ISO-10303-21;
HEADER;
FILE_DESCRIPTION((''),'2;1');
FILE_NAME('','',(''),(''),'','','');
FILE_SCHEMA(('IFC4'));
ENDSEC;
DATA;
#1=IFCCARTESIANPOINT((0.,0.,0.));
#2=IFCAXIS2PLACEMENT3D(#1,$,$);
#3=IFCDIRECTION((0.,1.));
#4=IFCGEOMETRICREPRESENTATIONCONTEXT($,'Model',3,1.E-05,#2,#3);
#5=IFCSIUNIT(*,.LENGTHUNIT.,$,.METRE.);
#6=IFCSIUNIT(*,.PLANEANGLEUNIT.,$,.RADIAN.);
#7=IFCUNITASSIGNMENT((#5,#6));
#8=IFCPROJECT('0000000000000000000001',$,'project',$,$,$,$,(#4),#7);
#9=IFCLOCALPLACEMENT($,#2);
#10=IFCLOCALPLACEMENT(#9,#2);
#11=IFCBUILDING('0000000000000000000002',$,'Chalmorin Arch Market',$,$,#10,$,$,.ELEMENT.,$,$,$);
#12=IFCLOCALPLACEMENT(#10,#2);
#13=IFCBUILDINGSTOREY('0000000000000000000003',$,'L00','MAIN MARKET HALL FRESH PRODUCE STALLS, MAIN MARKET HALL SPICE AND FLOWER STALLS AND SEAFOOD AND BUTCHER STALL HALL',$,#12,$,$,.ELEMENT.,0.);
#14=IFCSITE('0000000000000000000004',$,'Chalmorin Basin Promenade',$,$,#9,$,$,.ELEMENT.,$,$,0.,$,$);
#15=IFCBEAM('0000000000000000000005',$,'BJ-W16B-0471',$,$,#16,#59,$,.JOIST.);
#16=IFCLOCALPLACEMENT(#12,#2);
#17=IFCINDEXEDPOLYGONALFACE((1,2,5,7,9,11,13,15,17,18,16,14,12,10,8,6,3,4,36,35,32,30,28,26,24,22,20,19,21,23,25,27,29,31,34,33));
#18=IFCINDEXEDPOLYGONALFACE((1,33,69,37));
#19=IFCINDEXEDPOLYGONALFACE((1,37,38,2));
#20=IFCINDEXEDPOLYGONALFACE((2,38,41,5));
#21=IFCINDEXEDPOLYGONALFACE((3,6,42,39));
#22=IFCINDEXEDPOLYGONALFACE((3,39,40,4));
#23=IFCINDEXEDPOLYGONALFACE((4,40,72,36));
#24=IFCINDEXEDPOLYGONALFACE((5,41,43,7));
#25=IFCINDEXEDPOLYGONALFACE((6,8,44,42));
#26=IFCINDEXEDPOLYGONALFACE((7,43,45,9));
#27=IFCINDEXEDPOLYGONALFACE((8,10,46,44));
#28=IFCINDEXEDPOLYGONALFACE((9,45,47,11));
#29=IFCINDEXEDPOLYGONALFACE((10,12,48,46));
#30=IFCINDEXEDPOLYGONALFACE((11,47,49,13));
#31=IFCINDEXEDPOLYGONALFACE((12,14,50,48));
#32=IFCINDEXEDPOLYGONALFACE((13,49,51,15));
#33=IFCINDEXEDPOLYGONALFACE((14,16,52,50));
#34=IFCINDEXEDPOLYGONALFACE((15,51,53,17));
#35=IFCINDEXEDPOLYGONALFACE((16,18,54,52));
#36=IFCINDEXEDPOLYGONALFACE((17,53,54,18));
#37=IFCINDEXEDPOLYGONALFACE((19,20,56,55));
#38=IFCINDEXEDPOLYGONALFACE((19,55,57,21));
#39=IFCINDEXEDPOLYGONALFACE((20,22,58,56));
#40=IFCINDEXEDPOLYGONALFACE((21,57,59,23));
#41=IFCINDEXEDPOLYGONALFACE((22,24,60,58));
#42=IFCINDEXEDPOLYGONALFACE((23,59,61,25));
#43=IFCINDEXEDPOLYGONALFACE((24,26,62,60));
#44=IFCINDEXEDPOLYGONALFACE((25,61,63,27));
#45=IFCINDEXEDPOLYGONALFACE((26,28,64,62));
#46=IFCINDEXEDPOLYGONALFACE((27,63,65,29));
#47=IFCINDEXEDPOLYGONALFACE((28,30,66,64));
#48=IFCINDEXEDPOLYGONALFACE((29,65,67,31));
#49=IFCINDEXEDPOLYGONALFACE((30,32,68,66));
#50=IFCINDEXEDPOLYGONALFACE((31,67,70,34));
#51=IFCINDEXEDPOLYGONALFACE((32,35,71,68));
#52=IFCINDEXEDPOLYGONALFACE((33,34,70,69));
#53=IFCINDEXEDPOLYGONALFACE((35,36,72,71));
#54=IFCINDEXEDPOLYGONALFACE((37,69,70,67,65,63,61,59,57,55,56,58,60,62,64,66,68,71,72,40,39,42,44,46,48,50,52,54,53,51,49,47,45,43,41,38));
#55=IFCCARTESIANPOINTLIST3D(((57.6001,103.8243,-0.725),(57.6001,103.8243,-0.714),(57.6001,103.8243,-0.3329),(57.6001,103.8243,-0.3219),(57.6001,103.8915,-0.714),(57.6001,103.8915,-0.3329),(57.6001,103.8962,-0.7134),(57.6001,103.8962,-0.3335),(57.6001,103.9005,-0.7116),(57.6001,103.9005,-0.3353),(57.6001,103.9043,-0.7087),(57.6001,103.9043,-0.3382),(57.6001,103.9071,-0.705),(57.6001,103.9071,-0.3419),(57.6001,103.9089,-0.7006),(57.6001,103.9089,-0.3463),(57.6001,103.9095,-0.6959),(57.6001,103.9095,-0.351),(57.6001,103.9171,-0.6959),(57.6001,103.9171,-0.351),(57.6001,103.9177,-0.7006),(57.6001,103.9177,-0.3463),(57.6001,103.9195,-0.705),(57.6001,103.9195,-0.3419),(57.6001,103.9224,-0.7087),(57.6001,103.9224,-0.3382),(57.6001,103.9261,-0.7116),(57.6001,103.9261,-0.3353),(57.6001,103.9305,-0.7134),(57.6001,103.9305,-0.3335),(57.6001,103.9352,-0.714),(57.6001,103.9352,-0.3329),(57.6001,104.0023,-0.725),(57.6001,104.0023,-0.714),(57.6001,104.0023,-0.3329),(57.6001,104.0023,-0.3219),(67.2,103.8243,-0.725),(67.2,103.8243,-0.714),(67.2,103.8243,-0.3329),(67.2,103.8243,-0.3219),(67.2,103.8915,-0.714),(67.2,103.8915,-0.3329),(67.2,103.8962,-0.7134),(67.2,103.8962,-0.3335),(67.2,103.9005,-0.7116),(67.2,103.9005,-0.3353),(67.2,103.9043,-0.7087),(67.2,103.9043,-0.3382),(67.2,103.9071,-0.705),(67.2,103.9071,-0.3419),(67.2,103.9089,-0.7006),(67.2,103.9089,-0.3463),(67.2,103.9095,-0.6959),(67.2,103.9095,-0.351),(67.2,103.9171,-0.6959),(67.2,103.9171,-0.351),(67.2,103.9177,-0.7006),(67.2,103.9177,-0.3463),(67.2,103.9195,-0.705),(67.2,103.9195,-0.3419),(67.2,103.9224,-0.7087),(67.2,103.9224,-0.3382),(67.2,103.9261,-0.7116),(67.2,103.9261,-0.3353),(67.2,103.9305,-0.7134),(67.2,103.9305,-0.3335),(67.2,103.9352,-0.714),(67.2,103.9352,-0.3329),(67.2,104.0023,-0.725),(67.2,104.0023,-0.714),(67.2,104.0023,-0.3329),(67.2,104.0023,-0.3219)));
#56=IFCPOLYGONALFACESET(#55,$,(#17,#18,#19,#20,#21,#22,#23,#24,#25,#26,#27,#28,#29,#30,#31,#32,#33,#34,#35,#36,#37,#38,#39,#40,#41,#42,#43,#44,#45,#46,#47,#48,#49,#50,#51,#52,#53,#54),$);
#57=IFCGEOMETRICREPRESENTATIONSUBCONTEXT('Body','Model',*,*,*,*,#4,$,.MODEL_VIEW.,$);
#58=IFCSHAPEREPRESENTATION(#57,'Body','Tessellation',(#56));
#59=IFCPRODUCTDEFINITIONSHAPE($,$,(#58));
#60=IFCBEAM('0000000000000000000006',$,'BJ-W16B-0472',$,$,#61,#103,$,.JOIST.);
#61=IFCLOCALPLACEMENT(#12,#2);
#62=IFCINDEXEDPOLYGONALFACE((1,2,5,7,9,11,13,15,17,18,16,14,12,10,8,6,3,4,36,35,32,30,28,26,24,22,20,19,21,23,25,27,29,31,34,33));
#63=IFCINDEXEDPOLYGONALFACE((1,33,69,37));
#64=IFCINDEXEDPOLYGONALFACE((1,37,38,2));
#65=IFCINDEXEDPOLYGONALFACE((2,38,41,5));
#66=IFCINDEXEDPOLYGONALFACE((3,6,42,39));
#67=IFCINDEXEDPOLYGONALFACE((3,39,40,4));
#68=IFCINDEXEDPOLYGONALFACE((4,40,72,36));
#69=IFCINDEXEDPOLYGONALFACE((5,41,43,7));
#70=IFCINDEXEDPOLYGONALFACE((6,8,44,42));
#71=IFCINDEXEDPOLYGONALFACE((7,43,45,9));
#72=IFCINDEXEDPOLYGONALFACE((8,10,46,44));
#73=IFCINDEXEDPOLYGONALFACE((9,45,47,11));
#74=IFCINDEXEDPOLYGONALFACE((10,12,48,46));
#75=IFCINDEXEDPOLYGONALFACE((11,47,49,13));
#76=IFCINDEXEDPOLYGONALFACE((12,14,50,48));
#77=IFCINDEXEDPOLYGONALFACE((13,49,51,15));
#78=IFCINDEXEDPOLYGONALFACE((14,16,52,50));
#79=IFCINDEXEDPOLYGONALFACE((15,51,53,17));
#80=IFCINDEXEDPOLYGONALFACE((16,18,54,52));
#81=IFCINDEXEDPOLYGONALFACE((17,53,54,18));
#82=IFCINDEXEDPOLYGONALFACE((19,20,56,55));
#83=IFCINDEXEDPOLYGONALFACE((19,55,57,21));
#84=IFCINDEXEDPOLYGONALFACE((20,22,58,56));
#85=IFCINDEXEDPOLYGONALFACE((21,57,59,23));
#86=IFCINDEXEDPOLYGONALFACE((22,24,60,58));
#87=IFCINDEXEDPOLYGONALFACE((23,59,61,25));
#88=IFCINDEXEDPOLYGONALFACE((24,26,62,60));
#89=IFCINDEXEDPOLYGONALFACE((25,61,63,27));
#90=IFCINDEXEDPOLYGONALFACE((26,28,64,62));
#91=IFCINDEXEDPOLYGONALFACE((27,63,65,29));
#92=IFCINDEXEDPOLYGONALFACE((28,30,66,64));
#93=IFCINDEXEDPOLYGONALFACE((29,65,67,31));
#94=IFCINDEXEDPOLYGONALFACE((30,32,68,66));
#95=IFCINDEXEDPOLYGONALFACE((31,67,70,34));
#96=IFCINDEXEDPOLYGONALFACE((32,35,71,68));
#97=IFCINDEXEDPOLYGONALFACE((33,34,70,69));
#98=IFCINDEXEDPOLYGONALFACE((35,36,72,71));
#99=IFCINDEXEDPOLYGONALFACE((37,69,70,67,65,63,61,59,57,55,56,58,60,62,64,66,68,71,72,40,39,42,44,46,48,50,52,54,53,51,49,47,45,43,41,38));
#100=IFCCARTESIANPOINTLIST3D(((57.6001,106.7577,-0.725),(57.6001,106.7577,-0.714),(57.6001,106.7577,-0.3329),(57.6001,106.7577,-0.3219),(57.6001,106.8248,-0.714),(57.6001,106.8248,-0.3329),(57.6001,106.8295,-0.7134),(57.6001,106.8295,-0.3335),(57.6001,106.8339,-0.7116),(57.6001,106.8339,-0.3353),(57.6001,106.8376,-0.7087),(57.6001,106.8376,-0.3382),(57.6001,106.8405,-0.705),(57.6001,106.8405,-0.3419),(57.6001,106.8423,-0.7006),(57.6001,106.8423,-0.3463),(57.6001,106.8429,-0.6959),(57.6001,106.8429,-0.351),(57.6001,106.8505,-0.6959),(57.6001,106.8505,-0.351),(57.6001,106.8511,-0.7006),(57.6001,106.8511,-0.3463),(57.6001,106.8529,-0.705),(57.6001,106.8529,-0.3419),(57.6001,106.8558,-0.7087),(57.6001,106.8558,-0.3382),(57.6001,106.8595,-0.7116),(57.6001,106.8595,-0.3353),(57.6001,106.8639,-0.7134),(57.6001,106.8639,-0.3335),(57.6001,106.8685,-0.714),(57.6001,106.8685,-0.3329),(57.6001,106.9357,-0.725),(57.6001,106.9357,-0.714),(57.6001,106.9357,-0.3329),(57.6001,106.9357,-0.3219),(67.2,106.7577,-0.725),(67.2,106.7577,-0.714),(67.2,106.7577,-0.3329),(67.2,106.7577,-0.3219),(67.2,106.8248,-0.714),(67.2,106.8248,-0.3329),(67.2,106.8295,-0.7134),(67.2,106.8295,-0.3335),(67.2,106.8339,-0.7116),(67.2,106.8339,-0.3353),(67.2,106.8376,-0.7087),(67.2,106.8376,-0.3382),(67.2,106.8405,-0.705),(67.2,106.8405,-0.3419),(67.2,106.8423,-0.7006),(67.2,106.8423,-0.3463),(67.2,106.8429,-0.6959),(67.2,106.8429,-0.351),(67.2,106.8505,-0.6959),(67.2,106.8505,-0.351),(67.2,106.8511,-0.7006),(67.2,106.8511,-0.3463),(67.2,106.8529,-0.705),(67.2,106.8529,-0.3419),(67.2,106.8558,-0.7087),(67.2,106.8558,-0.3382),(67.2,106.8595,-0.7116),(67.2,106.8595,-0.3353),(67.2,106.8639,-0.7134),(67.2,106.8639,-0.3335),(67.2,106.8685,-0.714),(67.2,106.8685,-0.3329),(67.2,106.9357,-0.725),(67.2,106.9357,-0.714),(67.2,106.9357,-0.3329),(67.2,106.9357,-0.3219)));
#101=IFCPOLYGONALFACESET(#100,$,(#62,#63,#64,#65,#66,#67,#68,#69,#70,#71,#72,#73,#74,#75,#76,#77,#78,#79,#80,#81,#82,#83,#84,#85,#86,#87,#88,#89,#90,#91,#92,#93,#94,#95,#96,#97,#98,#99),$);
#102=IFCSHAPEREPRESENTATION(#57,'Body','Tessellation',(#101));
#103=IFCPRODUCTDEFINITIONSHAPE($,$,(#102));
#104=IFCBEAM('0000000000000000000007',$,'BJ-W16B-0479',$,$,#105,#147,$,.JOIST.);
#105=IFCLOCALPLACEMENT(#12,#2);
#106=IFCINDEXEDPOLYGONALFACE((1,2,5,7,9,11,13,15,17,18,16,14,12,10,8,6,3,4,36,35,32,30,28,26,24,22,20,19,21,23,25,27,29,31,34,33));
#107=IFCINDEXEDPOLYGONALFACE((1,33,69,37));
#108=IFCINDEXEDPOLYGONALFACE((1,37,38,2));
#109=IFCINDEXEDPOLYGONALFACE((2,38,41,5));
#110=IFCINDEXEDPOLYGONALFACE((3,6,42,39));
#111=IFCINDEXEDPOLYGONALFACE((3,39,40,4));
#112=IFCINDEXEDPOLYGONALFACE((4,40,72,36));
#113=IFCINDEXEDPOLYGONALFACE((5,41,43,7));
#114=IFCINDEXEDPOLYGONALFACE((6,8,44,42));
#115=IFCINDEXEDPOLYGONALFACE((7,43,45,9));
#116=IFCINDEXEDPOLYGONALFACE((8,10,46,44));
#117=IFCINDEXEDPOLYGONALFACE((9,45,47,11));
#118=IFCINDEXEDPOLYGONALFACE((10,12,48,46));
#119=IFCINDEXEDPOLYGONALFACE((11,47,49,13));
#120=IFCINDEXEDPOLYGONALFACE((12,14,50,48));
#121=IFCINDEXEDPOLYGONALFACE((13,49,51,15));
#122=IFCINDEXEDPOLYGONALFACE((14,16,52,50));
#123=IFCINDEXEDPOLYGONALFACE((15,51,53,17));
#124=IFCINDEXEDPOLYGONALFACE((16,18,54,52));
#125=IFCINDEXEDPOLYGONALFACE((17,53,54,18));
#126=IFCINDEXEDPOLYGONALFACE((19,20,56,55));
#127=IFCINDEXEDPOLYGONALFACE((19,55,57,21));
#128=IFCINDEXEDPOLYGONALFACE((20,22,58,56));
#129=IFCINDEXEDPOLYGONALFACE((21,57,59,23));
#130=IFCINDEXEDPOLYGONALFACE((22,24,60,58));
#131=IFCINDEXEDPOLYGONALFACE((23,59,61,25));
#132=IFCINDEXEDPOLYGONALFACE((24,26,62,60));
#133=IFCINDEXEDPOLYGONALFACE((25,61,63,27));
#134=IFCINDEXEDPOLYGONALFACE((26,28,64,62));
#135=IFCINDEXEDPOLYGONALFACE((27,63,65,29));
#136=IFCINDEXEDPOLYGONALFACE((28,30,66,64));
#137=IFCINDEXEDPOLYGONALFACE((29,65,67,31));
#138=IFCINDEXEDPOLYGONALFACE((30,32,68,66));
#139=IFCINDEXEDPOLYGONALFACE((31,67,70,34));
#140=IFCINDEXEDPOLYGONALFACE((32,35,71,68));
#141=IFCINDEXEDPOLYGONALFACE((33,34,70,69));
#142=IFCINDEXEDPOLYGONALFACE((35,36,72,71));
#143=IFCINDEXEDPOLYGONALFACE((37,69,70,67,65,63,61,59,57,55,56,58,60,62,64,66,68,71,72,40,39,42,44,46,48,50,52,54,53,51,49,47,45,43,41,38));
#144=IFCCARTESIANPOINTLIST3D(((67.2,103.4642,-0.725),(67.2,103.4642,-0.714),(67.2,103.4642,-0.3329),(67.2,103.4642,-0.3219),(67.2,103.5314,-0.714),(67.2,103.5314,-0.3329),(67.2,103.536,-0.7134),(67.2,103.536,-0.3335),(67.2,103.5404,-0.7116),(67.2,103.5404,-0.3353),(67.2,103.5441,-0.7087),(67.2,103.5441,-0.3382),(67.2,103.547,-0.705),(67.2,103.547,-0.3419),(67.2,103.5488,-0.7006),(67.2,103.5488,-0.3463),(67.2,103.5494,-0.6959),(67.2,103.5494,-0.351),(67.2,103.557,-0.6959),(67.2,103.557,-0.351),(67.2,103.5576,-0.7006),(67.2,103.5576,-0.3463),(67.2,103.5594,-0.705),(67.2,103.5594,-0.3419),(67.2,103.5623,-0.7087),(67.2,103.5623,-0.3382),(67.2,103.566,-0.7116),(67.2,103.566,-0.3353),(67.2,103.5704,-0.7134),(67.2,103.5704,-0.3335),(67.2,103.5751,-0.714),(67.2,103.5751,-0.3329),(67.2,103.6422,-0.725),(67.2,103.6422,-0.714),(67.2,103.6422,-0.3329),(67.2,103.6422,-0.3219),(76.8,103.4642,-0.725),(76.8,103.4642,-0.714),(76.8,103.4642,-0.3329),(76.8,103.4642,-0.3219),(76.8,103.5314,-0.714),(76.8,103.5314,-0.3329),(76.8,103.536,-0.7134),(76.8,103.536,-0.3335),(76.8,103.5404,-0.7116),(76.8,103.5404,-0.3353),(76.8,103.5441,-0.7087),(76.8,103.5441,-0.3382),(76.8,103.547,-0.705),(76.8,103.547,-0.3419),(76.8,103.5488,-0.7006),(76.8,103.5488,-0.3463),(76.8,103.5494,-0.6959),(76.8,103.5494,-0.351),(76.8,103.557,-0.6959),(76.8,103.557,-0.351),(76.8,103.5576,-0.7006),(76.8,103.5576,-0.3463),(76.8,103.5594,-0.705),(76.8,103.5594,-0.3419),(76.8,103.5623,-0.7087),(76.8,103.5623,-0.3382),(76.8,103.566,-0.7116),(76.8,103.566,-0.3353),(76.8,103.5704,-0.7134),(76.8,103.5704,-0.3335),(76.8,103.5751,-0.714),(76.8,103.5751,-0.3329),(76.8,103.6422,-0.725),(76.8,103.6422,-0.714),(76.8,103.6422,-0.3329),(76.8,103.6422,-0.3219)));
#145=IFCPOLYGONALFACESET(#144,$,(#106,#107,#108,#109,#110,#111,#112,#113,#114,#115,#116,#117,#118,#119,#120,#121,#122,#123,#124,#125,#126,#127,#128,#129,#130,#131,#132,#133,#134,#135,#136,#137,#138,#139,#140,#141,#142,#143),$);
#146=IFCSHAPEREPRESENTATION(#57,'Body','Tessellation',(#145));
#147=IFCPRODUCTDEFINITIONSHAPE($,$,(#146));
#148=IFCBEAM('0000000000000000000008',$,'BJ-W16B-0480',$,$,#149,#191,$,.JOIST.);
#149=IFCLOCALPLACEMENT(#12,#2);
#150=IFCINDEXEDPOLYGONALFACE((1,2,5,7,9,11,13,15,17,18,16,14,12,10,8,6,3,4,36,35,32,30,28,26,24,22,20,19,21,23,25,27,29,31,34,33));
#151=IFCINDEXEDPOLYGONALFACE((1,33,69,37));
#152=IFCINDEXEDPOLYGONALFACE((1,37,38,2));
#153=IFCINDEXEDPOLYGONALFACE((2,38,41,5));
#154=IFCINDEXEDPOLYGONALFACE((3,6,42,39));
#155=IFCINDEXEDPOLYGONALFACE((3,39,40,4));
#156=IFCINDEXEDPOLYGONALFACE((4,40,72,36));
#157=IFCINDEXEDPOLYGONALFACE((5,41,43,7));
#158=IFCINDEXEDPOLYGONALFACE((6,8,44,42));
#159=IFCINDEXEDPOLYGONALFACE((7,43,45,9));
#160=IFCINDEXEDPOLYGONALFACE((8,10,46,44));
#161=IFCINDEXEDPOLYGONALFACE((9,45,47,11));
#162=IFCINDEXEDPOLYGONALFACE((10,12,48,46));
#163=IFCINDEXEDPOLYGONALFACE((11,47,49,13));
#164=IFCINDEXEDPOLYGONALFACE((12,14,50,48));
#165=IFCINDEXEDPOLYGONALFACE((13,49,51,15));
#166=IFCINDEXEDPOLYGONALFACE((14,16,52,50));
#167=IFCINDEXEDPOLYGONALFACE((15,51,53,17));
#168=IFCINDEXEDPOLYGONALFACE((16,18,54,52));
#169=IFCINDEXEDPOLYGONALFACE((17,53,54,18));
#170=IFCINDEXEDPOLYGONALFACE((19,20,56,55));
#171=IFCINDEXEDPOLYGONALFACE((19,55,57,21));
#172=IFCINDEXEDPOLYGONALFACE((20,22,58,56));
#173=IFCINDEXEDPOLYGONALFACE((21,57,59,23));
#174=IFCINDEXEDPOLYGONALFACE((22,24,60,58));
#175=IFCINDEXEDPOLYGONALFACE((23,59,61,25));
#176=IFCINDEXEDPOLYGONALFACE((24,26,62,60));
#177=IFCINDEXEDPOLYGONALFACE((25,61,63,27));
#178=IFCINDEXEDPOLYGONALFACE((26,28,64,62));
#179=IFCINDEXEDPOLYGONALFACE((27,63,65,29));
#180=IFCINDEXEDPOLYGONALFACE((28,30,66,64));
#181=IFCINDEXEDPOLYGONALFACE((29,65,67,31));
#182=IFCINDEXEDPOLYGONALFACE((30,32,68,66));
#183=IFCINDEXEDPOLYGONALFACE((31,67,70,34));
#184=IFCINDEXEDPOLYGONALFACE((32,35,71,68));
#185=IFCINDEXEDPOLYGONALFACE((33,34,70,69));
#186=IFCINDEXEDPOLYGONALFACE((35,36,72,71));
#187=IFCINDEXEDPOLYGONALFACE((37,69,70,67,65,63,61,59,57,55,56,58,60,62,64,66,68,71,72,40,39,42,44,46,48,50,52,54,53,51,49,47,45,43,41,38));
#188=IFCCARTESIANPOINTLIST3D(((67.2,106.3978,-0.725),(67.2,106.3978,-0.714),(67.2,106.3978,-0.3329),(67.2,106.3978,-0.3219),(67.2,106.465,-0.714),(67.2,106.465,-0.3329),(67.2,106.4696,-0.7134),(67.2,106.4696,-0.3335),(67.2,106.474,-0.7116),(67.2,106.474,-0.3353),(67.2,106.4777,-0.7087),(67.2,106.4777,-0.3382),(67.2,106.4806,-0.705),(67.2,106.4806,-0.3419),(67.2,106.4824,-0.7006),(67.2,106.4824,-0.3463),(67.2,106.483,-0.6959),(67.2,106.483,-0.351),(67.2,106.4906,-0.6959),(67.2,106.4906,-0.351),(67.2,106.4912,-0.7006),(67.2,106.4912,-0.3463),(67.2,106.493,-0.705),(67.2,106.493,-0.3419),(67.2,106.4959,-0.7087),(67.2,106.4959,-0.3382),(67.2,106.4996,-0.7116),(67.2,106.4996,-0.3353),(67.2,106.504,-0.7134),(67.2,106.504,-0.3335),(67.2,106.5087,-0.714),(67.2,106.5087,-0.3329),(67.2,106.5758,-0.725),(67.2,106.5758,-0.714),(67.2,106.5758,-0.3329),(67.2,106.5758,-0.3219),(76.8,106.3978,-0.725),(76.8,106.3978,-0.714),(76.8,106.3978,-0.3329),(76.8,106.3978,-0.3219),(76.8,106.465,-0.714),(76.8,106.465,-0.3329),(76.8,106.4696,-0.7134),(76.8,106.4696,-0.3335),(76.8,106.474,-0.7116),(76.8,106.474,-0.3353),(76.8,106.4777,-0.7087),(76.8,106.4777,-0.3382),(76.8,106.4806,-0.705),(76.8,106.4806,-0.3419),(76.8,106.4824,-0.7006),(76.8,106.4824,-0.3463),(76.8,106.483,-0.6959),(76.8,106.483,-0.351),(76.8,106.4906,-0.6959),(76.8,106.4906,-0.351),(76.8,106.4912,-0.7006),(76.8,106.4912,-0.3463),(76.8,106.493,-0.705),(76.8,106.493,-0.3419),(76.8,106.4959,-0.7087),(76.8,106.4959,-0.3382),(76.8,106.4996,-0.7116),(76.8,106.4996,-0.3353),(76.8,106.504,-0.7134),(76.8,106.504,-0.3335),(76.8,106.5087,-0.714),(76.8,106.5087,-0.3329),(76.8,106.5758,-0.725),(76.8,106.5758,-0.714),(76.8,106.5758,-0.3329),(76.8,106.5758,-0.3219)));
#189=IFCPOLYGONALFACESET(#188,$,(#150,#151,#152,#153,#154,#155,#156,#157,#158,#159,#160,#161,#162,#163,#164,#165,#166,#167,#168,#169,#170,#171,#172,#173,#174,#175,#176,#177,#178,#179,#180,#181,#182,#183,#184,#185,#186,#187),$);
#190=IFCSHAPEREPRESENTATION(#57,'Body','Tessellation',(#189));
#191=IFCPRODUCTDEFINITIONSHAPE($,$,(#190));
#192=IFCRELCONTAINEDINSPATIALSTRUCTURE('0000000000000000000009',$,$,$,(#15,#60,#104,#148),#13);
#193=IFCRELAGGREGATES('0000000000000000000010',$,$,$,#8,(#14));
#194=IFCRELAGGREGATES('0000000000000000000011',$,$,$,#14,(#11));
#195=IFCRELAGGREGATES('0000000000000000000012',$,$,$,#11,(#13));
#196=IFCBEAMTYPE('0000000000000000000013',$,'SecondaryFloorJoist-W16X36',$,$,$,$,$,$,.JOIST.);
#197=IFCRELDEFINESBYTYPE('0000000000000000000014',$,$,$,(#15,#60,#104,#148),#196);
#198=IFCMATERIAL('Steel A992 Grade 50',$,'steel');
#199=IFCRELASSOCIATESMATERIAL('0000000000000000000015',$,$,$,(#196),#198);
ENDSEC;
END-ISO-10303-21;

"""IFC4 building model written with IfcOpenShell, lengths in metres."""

from ifc_helpers import new_model, si_unit, direction, frame, origin, origin_2d, place, context, subcontext, project, spatial, i_section, extrude, material, material_profile, profile_set, type_object, element, save


model = new_model("IFC4")

# Units and contexts
model_context = context("Model", 3, precision=1e-05, world=origin(), true_north=direction((0.0, 1.0)))
body_context = subcontext(model_context, "Body", "Model", "MODEL_VIEW")
ifc_project = project(units=[si_unit("LENGTHUNIT", "METRE"), si_unit("PLANEANGLEUNIT", "RADIAN")], contexts=[model_context])

# Site, building, storey
site_placement = place(None, origin())
site = spatial("IfcSite", under=ifc_project, at=site_placement, Name="Chalmorin Basin Promenade", CompositionType="ELEMENT", RefElevation=0.0)
building_placement = place(site_placement, origin())
building = spatial("IfcBuilding", under=site, at=building_placement, Name="Chalmorin Arch Market", CompositionType="ELEMENT")
storey_placement = place(building_placement, origin())
storey = spatial("IfcBuildingStorey", under=building, at=storey_placement, Name="L00", Description="MAIN MARKET HALL FRESH PRODUCE STALLS, MAIN MARKET HALL SPICE AND FLOWER STALLS AND SEAFOOD AND BUTCHER STALL HALL", CompositionType="ELEMENT", Elevation=0.0)

# Beams
ifc_material_1 = material(Name="Steel A992 Grade 50", Category="steel")
ifc_material_profile_1 = material_profile(ifc_material_1, i_section(OverallWidth=0.178, OverallDepth=0.4031, WebThickness=0.0076, FlangeThickness=0.011, FilletRadius=0.0181, at=origin_2d()), Name="W16X36")
ifc_profile_set_1 = profile_set([ifc_material_profile_1], Name="Steel A992 Grade 50")
beam_type_1 = type_object("IfcBeamType", Name="SecondaryFloorJoist-W16X36", PredefinedType="JOIST", material=ifc_profile_set_1)
for number, where, z_axis, x_axis, name in (
    (1, (57.6001, 103.9133, -0.5234), (1.0, 0.0, 0.0), (0.0, 1.0, 0.0), "BJ-W16B-0471"),
    (2, (57.6001, 106.8467, -0.5234), (1.0, 0.0, 0.0), (0.0, 1.0, 0.0), "BJ-W16B-0472"),
):
    element("IfcBeam", number, at=place(storey_placement, frame(where, z_axis=z_axis, x_axis=x_axis)), inside=storey, type_object=beam_type_1, Name=name, PredefinedType="JOIST", context=body_context, shape_type="SweptSolid", body=[
        extrude(i_section(OverallWidth=0.178, OverallDepth=0.4031, WebThickness=0.0076, FlangeThickness=0.011, FilletRadius=0.0181, at=origin_2d()), origin(), (0.0, 0.0, 1.0), 9.5999),
    ])
for number, where, z_axis, x_axis, name in (
    (3, (67.2, 103.5532, -0.5234), (1.0, 0.0, 0.0), (0.0, 1.0, 0.0), "BJ-W16B-0479"),
    (4, (67.2, 106.4868, -0.5234), (1.0, 0.0, 0.0), (0.0, 1.0, 0.0), "BJ-W16B-0480"),
):
    element("IfcBeam", number, at=place(storey_placement, frame(where, z_axis=z_axis, x_axis=x_axis)), inside=storey, type_object=beam_type_1, Name=name, PredefinedType="JOIST", context=body_context, shape_type="SweptSolid", body=[
        extrude(i_section(OverallWidth=0.178, OverallDepth=0.4031, WebThickness=0.0076, FlangeThickness=0.011, FilletRadius=0.0181, at=origin_2d()), origin(), (0.0, 0.0, 1.0), 9.6001),
    ])

save(model, "model.ifc")
